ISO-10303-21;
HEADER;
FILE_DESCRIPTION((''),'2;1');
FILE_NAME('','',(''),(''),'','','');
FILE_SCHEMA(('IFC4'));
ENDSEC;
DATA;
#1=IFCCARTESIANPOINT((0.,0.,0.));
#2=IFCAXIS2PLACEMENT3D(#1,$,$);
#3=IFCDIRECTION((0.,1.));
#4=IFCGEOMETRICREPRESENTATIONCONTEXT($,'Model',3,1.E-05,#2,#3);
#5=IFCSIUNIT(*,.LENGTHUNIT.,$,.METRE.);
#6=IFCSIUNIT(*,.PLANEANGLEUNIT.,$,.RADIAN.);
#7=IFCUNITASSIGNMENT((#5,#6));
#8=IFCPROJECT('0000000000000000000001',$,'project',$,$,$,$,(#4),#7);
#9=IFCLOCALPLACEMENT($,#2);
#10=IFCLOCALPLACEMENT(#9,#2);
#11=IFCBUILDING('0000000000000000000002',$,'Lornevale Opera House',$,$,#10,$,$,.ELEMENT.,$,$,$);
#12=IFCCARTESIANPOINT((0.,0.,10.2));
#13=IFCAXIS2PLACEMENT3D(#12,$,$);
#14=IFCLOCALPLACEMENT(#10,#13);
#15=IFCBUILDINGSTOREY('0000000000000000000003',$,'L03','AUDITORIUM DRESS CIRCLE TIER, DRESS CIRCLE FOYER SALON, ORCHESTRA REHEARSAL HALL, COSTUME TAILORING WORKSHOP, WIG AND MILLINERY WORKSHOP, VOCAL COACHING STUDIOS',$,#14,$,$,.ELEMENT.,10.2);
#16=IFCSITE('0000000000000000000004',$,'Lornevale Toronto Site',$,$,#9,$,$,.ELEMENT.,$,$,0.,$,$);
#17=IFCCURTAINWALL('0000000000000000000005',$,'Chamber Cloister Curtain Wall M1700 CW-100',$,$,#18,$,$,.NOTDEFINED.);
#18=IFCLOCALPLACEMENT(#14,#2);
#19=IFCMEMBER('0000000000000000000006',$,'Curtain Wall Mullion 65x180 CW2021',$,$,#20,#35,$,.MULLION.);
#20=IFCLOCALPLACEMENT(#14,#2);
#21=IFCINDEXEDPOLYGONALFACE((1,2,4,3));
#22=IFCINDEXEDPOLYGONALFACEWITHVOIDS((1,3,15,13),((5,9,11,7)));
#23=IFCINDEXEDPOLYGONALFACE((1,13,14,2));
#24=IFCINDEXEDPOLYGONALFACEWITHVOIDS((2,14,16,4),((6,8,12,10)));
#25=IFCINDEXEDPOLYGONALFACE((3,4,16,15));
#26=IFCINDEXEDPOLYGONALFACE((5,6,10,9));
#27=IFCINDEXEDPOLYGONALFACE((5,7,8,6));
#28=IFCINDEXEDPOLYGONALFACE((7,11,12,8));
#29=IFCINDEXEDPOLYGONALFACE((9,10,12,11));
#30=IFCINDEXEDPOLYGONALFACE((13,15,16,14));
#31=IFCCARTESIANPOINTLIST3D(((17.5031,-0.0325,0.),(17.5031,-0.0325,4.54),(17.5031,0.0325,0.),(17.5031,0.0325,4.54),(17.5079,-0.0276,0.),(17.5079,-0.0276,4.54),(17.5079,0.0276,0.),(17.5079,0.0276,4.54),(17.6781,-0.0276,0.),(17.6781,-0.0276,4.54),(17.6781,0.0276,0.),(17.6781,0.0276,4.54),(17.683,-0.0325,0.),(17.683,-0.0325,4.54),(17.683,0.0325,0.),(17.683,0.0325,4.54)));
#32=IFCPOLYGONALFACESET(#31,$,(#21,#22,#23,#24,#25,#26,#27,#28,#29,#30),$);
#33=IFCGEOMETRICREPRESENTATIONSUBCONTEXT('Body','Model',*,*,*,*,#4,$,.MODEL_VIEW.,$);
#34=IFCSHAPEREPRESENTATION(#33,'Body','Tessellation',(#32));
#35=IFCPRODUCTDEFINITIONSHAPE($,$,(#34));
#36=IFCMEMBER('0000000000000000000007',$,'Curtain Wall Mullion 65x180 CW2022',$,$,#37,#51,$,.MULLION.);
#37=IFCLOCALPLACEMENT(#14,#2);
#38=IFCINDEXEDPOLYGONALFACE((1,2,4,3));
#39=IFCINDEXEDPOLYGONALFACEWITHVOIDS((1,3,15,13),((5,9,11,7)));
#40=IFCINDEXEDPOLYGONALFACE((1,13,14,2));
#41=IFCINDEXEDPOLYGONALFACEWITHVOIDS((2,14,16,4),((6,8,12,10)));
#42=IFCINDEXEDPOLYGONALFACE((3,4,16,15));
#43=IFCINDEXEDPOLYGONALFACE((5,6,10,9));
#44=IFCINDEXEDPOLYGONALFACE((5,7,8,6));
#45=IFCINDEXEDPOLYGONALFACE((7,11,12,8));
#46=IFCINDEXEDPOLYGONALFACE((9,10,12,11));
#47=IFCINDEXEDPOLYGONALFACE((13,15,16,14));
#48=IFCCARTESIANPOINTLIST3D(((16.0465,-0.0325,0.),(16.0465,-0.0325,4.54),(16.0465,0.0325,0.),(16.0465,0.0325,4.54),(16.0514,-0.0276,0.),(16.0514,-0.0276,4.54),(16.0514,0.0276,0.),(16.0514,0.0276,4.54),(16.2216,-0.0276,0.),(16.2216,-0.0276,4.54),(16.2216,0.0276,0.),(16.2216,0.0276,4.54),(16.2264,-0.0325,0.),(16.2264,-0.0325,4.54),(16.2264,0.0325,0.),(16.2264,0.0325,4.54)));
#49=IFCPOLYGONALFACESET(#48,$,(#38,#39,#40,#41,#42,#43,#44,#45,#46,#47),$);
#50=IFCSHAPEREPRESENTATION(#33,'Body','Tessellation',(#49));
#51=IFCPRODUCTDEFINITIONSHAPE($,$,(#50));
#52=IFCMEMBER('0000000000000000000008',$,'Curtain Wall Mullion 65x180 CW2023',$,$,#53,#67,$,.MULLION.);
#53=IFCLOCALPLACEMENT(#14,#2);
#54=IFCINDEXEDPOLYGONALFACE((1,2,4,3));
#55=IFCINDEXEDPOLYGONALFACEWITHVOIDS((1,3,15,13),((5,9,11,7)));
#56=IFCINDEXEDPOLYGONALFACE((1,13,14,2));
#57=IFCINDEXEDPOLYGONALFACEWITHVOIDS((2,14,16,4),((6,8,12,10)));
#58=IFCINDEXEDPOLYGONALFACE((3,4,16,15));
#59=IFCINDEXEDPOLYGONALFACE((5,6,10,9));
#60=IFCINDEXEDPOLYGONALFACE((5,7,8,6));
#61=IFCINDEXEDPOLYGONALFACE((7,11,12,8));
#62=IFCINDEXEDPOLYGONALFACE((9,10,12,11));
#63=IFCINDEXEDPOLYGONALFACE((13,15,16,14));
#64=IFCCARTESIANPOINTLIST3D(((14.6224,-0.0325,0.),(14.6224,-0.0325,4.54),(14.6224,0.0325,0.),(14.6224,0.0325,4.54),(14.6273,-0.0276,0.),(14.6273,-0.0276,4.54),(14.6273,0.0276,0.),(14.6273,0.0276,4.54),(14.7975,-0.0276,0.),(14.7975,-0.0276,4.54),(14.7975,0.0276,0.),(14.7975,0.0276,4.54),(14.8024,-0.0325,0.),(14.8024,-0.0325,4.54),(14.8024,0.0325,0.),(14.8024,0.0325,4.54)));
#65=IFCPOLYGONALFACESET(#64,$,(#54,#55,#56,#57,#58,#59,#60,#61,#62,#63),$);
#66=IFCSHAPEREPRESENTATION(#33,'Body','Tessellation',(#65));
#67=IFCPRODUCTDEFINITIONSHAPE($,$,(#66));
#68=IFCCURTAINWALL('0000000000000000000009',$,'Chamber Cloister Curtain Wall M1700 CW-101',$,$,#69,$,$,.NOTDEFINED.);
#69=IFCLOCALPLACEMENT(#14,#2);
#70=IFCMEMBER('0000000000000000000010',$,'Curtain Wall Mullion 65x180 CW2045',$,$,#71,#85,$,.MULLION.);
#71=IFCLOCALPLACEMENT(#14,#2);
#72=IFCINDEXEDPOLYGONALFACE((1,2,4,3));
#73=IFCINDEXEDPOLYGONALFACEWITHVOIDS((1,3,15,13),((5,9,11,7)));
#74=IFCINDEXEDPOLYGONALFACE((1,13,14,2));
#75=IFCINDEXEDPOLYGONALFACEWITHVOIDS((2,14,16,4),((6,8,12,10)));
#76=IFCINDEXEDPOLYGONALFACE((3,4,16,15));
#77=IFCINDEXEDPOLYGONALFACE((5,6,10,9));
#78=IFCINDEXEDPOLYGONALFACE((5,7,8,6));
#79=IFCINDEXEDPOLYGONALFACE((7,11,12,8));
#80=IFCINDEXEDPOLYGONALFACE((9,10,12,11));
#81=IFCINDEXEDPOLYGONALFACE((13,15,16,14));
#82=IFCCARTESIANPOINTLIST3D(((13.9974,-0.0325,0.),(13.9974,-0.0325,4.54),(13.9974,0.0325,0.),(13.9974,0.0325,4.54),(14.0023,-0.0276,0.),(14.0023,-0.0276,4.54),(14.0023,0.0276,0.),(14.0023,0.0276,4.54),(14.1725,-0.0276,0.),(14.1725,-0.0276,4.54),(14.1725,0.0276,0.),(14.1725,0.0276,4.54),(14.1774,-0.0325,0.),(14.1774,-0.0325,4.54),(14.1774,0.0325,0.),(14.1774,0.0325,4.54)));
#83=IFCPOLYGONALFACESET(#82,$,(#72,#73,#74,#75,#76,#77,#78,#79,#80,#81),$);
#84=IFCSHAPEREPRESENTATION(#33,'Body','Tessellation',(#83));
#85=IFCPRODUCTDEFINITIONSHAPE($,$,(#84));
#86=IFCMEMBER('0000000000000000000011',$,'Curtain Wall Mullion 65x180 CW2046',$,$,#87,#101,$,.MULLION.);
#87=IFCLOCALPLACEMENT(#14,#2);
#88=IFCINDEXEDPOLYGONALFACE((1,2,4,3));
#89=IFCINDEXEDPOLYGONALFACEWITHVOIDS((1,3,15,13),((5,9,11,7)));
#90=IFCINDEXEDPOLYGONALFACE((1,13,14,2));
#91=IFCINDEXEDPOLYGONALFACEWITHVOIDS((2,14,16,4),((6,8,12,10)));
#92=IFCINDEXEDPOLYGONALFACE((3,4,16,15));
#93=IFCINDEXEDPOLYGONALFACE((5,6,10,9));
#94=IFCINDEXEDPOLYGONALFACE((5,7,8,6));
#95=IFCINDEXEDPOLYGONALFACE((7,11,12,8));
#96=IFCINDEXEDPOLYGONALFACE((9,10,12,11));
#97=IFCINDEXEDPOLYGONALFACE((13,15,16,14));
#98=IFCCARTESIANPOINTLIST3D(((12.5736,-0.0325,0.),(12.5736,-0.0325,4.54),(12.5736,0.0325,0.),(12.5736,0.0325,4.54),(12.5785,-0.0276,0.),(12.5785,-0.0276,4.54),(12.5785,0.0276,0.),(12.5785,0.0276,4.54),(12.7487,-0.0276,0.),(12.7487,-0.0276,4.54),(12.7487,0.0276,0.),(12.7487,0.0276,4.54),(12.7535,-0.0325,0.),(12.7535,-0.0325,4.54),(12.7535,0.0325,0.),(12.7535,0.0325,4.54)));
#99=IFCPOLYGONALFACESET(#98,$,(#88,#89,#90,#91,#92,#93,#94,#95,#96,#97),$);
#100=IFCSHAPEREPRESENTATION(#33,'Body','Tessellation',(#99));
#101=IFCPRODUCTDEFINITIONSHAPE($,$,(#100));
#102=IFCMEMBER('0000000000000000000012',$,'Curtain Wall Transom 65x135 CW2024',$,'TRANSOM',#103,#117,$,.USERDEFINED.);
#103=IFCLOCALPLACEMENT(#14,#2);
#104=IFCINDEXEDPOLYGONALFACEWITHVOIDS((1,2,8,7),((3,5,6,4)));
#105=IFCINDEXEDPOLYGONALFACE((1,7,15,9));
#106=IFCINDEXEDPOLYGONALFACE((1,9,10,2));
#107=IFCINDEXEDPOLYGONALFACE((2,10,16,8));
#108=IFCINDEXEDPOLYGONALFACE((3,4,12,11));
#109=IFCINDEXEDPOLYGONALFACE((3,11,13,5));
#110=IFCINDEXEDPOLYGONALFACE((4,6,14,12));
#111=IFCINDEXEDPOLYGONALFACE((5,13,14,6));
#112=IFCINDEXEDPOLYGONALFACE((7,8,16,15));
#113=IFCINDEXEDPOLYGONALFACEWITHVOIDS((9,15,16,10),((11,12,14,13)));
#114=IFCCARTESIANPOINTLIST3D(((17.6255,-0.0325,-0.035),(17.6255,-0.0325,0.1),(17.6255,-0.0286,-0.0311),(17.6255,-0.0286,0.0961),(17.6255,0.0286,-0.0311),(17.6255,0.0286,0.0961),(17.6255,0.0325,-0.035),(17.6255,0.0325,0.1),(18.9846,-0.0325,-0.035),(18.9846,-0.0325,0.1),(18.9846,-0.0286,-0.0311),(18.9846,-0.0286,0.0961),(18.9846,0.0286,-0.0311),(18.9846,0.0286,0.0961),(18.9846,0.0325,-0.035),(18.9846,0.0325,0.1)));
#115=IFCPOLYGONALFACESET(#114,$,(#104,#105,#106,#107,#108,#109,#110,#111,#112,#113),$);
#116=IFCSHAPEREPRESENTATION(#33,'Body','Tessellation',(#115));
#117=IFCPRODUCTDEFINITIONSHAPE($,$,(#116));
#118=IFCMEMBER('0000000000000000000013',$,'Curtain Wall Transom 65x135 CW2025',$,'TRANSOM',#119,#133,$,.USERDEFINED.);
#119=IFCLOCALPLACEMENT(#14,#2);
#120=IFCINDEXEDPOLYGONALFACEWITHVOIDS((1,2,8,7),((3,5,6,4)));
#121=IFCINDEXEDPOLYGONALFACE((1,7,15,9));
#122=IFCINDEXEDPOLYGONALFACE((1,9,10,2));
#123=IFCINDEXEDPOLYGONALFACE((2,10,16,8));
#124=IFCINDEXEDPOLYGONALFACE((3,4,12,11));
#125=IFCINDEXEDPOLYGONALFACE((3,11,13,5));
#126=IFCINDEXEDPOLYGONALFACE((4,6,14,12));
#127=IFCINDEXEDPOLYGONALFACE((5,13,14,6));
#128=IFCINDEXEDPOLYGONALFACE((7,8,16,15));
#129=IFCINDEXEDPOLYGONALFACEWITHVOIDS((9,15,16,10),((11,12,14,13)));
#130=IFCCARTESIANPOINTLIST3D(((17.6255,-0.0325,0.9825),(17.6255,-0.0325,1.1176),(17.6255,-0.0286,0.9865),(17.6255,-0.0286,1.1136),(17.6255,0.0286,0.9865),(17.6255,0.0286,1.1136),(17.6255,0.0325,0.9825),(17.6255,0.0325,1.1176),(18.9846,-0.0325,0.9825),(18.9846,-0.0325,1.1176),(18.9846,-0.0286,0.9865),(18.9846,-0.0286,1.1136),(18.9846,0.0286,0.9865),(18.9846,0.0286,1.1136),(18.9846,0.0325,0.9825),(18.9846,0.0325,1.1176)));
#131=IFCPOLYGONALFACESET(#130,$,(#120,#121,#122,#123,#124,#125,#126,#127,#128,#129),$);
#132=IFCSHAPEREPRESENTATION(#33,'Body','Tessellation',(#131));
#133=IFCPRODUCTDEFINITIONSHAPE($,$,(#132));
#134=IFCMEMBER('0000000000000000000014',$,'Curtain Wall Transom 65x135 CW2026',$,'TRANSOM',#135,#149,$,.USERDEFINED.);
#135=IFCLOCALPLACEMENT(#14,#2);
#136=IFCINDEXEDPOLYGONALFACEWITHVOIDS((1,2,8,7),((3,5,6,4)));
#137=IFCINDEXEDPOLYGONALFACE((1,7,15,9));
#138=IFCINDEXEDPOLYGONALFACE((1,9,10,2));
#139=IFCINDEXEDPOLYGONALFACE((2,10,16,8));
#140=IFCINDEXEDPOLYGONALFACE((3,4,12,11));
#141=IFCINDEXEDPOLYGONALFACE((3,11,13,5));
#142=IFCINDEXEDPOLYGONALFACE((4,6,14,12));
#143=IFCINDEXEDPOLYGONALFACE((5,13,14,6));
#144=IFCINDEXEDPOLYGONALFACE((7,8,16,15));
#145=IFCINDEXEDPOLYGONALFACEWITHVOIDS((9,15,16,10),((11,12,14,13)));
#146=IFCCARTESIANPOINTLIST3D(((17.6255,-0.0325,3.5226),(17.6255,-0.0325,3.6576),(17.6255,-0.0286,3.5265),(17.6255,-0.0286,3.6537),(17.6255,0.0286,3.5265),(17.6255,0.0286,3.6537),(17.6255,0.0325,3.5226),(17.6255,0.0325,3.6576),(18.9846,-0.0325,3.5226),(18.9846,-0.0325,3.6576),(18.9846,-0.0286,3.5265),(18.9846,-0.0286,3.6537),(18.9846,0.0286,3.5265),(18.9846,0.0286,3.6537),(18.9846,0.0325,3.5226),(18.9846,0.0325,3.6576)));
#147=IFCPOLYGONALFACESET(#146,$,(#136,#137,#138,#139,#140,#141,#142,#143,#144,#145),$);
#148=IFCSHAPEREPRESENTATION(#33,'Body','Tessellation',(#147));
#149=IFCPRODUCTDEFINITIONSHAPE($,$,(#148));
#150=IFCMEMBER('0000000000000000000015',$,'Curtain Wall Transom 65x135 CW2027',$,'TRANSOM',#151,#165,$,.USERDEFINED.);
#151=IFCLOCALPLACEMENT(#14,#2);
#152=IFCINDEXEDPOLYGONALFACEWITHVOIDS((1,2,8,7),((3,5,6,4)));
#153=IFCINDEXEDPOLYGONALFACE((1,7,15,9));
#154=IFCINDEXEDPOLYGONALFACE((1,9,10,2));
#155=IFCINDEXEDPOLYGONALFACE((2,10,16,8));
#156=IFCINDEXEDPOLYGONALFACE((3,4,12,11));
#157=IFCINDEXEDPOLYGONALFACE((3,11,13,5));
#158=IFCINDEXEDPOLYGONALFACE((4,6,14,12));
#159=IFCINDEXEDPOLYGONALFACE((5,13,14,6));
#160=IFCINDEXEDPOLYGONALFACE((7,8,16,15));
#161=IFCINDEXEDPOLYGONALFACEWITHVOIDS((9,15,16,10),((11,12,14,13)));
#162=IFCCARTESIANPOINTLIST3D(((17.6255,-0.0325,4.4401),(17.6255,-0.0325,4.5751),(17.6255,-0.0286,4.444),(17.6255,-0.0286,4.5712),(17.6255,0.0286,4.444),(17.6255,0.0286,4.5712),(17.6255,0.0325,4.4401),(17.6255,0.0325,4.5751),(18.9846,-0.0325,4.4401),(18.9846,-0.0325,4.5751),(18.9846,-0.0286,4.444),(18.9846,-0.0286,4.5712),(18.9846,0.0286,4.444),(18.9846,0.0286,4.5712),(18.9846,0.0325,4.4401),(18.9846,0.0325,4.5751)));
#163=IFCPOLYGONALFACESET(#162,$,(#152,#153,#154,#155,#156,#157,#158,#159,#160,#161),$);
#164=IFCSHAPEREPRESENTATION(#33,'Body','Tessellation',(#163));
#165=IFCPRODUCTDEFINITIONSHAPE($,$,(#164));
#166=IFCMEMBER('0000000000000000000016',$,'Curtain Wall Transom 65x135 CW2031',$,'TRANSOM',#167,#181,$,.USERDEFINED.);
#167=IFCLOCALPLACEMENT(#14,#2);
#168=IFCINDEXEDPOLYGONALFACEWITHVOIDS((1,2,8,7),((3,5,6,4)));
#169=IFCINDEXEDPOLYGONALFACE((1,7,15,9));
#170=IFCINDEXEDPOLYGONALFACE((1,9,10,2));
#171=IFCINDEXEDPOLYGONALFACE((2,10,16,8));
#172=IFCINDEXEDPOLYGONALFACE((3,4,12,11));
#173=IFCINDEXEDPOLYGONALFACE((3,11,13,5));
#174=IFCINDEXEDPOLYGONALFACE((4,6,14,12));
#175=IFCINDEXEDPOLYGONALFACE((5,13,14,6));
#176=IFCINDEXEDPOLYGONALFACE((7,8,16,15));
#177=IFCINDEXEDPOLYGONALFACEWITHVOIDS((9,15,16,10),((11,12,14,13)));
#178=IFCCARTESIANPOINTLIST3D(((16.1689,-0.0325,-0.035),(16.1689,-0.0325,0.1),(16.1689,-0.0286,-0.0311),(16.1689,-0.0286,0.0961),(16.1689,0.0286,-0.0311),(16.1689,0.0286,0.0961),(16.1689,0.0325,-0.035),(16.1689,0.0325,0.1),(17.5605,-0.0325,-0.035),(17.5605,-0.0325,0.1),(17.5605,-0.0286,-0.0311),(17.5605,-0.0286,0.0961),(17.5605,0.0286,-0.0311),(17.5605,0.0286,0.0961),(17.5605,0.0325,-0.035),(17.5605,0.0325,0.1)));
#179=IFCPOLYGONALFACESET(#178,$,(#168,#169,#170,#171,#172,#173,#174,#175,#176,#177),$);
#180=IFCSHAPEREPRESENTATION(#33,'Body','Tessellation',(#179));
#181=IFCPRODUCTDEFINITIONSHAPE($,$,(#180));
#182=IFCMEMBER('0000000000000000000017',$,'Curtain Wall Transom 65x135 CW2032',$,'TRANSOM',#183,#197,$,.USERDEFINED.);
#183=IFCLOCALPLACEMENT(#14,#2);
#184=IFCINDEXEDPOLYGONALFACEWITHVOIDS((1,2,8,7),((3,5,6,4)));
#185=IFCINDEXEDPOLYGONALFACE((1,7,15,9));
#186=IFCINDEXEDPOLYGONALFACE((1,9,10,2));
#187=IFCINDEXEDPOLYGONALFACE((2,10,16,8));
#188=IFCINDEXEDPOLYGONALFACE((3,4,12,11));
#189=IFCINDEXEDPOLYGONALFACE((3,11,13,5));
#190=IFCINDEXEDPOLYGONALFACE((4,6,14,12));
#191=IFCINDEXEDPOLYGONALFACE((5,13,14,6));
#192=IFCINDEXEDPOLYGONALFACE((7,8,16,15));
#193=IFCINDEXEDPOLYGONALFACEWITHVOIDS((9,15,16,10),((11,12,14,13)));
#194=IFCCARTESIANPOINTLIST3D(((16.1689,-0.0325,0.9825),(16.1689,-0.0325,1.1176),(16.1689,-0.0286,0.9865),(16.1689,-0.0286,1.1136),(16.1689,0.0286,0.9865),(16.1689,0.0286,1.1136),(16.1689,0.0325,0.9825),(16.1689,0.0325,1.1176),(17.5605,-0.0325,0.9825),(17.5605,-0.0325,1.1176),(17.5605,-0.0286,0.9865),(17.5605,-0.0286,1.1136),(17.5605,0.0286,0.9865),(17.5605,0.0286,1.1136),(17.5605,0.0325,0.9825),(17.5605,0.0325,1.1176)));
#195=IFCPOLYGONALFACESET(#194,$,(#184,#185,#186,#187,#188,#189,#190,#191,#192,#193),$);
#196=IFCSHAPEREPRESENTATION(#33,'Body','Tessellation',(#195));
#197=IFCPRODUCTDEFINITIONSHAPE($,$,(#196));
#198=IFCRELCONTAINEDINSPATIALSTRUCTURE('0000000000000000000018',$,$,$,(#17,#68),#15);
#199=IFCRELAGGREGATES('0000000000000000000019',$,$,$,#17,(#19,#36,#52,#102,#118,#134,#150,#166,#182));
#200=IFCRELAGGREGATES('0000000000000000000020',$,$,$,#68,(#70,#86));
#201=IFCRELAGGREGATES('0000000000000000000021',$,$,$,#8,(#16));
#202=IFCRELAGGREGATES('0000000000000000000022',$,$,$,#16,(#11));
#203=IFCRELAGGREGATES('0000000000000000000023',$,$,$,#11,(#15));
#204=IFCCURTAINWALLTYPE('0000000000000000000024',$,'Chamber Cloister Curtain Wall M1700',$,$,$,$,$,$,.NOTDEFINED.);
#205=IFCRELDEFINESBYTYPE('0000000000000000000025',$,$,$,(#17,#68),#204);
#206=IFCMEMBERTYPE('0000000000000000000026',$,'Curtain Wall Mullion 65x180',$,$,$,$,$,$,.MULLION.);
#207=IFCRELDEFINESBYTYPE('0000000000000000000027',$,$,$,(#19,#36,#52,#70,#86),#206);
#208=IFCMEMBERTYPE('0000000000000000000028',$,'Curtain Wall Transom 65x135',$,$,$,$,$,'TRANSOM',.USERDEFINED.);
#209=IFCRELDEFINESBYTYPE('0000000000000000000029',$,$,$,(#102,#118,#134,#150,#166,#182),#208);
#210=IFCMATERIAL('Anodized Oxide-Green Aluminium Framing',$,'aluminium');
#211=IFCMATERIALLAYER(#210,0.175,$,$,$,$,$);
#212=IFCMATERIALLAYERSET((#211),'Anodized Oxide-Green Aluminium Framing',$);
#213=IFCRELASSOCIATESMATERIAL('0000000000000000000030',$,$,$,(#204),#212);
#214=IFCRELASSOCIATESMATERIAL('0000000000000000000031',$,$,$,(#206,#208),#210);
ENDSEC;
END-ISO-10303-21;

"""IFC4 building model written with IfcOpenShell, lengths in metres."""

from ifc_helpers import new_model, si_unit, direction, frame, origin, origin_2d, place, context, subcontext, project, spatial, hollow_rectangle, extrude, material, layer, layer_set, material_profile, profile_set, type_object, element, aggregate, save


model = new_model("IFC4")

# Units and contexts
model_context = context("Model", 3, precision=1e-05, world=origin(), true_north=direction((0.0, 1.0)))
body_context = subcontext(model_context, "Body", "Model", "MODEL_VIEW")
ifc_project = project(units=[si_unit("LENGTHUNIT", "METRE"), si_unit("PLANEANGLEUNIT", "RADIAN")], contexts=[model_context])

# Site, building, storey
site_placement = place(None, origin())
site = spatial("IfcSite", under=ifc_project, at=site_placement, Name="Lornevale Toronto Site", CompositionType="ELEMENT", RefElevation=0.0)
building_placement = place(site_placement, origin())
building = spatial("IfcBuilding", under=site, at=building_placement, Name="Lornevale Opera House", CompositionType="ELEMENT")
storey_placement = place(building_placement, frame((0.0, 0.0, 10.2)))
storey = spatial("IfcBuildingStorey", under=building, at=storey_placement, Name="L03", Description="AUDITORIUM DRESS CIRCLE TIER, DRESS CIRCLE FOYER SALON, ORCHESTRA REHEARSAL HALL, COSTUME TAILORING WORKSHOP, WIG AND MILLINERY WORKSHOP, VOCAL COACHING STUDIOS", CompositionType="ELEMENT", Elevation=10.2)

# Curtain walls, members
ifc_material_1 = material(Name="Anodized Oxide-Green Aluminium Framing", Category="aluminium")
ifc_layer_1 = layer(ifc_material_1, 0.175)
ifc_layer_set_1 = layer_set([ifc_layer_1], Name="Anodized Oxide-Green Aluminium Framing")
curtain_wall_type = type_object("IfcCurtainWallType", Name="Chamber Cloister Curtain Wall M1700", PredefinedType="NOTDEFINED", material=ifc_layer_set_1)
curtain_wall_1_placement = place(storey_placement, origin())
curtain_wall_1 = element("IfcCurtainWall", 1, at=curtain_wall_1_placement, inside=storey, type_object=curtain_wall_type, Name="Chamber Cloister Curtain Wall M1700 CW-100", PredefinedType="NOTDEFINED")
ifc_material_profile_1 = material_profile(ifc_material_1, hollow_rectangle(XDim=0.0649, YDim=0.1799, WallThickness=0.0049, at=origin_2d()), Name="ALU65x180x5")
ifc_profile_set_1 = profile_set([ifc_material_profile_1], Name="Anodized Oxide-Green Aluminium Framing")
member_type_1 = type_object("IfcMemberType", Name="Curtain Wall Mullion 65x180", PredefinedType="MULLION", material=ifc_profile_set_1)
member_1_placement = place(storey_placement, frame((17.593, 0.0, 0.0), z_axis=(0.0, 0.0, 1.0), x_axis=(0.0, -1.0, 0.0)))
member_1 = element("IfcMember", 2, at=member_1_placement, type_object=member_type_1, Name="Curtain Wall Mullion 65x180 CW2021", PredefinedType="MULLION", context=body_context, shape_type="SweptSolid", body=[
    extrude(hollow_rectangle(XDim=0.0649, YDim=0.1799, WallThickness=0.0049, at=origin_2d()), origin(), (0.0, 0.0, 1.0), 4.54),
])
member_2_placement = place(storey_placement, frame((16.1365, 0.0, 0.0), z_axis=(0.0, 0.0, 1.0), x_axis=(0.0, -1.0, 0.0)))
member_2 = element("IfcMember", 3, at=member_2_placement, type_object=member_type_1, Name="Curtain Wall Mullion 65x180 CW2022", PredefinedType="MULLION", context=body_context, shape_type="SweptSolid", body=[
    extrude(hollow_rectangle(XDim=0.0649, YDim=0.1799, WallThickness=0.0049, at=origin_2d()), origin(), (0.0, 0.0, 1.0), 4.54),
])
member_3_placement = place(storey_placement, frame((14.7124, 0.0, 0.0), z_axis=(0.0, 0.0, 1.0), x_axis=(0.0, -1.0, 0.0)))
member_3 = element("IfcMember", 4, at=member_3_placement, type_object=member_type_1, Name="Curtain Wall Mullion 65x180 CW2023", PredefinedType="MULLION", context=body_context, shape_type="SweptSolid", body=[
    extrude(hollow_rectangle(XDim=0.0649, YDim=0.1799, WallThickness=0.0049, at=origin_2d()), origin(), (0.0, 0.0, 1.0), 4.54),
])
curtain_wall_2_placement = place(storey_placement, origin())
curtain_wall_2 = element("IfcCurtainWall", 5, at=curtain_wall_2_placement, inside=storey, type_object=curtain_wall_type, Name="Chamber Cloister Curtain Wall M1700 CW-101", PredefinedType="NOTDEFINED")
member_4_placement = place(storey_placement, frame((14.0874, 0.0, 0.0), z_axis=(0.0, 0.0, 1.0), x_axis=(0.0, -1.0, 0.0)))
member_4 = element("IfcMember", 6, at=member_4_placement, type_object=member_type_1, Name="Curtain Wall Mullion 65x180 CW2045", PredefinedType="MULLION", context=body_context, shape_type="SweptSolid", body=[
    extrude(hollow_rectangle(XDim=0.0649, YDim=0.1799, WallThickness=0.0049, at=origin_2d()), origin(), (0.0, 0.0, 1.0), 4.54),
])
member_5_placement = place(storey_placement, frame((12.6636, 0.0, 0.0), z_axis=(0.0, 0.0, 1.0), x_axis=(0.0, -1.0, 0.0)))
member_5 = element("IfcMember", 7, at=member_5_placement, type_object=member_type_1, Name="Curtain Wall Mullion 65x180 CW2046", PredefinedType="MULLION", context=body_context, shape_type="SweptSolid", body=[
    extrude(hollow_rectangle(XDim=0.0649, YDim=0.1799, WallThickness=0.0049, at=origin_2d()), origin(), (0.0, 0.0, 1.0), 4.54),
])

# Members
ifc_material_profile_2 = material_profile(ifc_material_1, hollow_rectangle(XDim=0.0649, YDim=0.135, WallThickness=0.0039, at=origin_2d()), Name="ALU65x135x4")
ifc_profile_set_2 = profile_set([ifc_material_profile_2], Name="Anodized Oxide-Green Aluminium Framing")
member_type_2 = type_object("IfcMemberType", Name="Curtain Wall Transom 65x135", ElementType="TRANSOM", PredefinedType="USERDEFINED", material=ifc_profile_set_2)
member_6_placement = place(storey_placement, frame((18.9846, 0.0, 0.0325), z_axis=(-1.0, 0.0, 0.0), x_axis=(0.0, -1.0, 0.0)))
member_6 = element("IfcMember", 8, at=member_6_placement, type_object=member_type_2, Name="Curtain Wall Transom 65x135 CW2024", ObjectType="TRANSOM", PredefinedType="USERDEFINED", context=body_context, shape_type="SweptSolid", body=[
    extrude(hollow_rectangle(XDim=0.0649, YDim=0.135, WallThickness=0.0039, at=origin_2d()), origin(), (0.0, 0.0, 1.0), 1.3591),
])
member_7_placement = place(storey_placement, frame((18.9846, 0.0, 1.05), z_axis=(-1.0, 0.0, 0.0), x_axis=(0.0, -1.0, 0.0)))
member_7 = element("IfcMember", 9, at=member_7_placement, type_object=member_type_2, Name="Curtain Wall Transom 65x135 CW2025", ObjectType="TRANSOM", PredefinedType="USERDEFINED", context=body_context, shape_type="SweptSolid", body=[
    extrude(hollow_rectangle(XDim=0.0649, YDim=0.135, WallThickness=0.0039, at=origin_2d()), origin(), (0.0, 0.0, 1.0), 1.3591),
])
member_8_placement = place(storey_placement, frame((18.9846, 0.0, 3.5901), z_axis=(-1.0, 0.0, 0.0), x_axis=(0.0, -1.0, 0.0)))
member_8 = element("IfcMember", 10, at=member_8_placement, type_object=member_type_2, Name="Curtain Wall Transom 65x135 CW2026", ObjectType="TRANSOM", PredefinedType="USERDEFINED", context=body_context, shape_type="SweptSolid", body=[
    extrude(hollow_rectangle(XDim=0.0649, YDim=0.135, WallThickness=0.0039, at=origin_2d()), origin(), (0.0, 0.0, 1.0), 1.3591),
])
member_9_placement = place(storey_placement, frame((18.9846, 0.0, 4.5076), z_axis=(-1.0, 0.0, 0.0), x_axis=(0.0, -1.0, 0.0)))
member_9 = element("IfcMember", 11, at=member_9_placement, type_object=member_type_2, Name="Curtain Wall Transom 65x135 CW2027", ObjectType="TRANSOM", PredefinedType="USERDEFINED", context=body_context, shape_type="SweptSolid", body=[
    extrude(hollow_rectangle(XDim=0.0649, YDim=0.135, WallThickness=0.0039, at=origin_2d()), origin(), (0.0, 0.0, 1.0), 1.3591),
])
member_10_placement = place(storey_placement, frame((17.5605, 0.0, 0.0325), z_axis=(-1.0, 0.0, 0.0), x_axis=(0.0, -1.0, 0.0)))
member_10 = element("IfcMember", 12, at=member_10_placement, type_object=member_type_2, Name="Curtain Wall Transom 65x135 CW2031", ObjectType="TRANSOM", PredefinedType="USERDEFINED", context=body_context, shape_type="SweptSolid", body=[
    extrude(hollow_rectangle(XDim=0.0649, YDim=0.135, WallThickness=0.0039, at=origin_2d()), origin(), (0.0, 0.0, 1.0), 1.3916),
])
member_11_placement = place(storey_placement, frame((17.5605, 0.0, 1.05), z_axis=(-1.0, 0.0, 0.0), x_axis=(0.0, -1.0, 0.0)))
member_11 = element("IfcMember", 13, at=member_11_placement, type_object=member_type_2, Name="Curtain Wall Transom 65x135 CW2032", ObjectType="TRANSOM", PredefinedType="USERDEFINED", context=body_context, shape_type="SweptSolid", body=[
    extrude(hollow_rectangle(XDim=0.0649, YDim=0.135, WallThickness=0.0039, at=origin_2d()), origin(), (0.0, 0.0, 1.0), 1.3916),
])

aggregate(curtain_wall_1, [member_1, member_2, member_3, member_6, member_7, member_8, member_9, member_10, member_11])
aggregate(curtain_wall_2, [member_4, member_5])

save(model, "model.ifc")
